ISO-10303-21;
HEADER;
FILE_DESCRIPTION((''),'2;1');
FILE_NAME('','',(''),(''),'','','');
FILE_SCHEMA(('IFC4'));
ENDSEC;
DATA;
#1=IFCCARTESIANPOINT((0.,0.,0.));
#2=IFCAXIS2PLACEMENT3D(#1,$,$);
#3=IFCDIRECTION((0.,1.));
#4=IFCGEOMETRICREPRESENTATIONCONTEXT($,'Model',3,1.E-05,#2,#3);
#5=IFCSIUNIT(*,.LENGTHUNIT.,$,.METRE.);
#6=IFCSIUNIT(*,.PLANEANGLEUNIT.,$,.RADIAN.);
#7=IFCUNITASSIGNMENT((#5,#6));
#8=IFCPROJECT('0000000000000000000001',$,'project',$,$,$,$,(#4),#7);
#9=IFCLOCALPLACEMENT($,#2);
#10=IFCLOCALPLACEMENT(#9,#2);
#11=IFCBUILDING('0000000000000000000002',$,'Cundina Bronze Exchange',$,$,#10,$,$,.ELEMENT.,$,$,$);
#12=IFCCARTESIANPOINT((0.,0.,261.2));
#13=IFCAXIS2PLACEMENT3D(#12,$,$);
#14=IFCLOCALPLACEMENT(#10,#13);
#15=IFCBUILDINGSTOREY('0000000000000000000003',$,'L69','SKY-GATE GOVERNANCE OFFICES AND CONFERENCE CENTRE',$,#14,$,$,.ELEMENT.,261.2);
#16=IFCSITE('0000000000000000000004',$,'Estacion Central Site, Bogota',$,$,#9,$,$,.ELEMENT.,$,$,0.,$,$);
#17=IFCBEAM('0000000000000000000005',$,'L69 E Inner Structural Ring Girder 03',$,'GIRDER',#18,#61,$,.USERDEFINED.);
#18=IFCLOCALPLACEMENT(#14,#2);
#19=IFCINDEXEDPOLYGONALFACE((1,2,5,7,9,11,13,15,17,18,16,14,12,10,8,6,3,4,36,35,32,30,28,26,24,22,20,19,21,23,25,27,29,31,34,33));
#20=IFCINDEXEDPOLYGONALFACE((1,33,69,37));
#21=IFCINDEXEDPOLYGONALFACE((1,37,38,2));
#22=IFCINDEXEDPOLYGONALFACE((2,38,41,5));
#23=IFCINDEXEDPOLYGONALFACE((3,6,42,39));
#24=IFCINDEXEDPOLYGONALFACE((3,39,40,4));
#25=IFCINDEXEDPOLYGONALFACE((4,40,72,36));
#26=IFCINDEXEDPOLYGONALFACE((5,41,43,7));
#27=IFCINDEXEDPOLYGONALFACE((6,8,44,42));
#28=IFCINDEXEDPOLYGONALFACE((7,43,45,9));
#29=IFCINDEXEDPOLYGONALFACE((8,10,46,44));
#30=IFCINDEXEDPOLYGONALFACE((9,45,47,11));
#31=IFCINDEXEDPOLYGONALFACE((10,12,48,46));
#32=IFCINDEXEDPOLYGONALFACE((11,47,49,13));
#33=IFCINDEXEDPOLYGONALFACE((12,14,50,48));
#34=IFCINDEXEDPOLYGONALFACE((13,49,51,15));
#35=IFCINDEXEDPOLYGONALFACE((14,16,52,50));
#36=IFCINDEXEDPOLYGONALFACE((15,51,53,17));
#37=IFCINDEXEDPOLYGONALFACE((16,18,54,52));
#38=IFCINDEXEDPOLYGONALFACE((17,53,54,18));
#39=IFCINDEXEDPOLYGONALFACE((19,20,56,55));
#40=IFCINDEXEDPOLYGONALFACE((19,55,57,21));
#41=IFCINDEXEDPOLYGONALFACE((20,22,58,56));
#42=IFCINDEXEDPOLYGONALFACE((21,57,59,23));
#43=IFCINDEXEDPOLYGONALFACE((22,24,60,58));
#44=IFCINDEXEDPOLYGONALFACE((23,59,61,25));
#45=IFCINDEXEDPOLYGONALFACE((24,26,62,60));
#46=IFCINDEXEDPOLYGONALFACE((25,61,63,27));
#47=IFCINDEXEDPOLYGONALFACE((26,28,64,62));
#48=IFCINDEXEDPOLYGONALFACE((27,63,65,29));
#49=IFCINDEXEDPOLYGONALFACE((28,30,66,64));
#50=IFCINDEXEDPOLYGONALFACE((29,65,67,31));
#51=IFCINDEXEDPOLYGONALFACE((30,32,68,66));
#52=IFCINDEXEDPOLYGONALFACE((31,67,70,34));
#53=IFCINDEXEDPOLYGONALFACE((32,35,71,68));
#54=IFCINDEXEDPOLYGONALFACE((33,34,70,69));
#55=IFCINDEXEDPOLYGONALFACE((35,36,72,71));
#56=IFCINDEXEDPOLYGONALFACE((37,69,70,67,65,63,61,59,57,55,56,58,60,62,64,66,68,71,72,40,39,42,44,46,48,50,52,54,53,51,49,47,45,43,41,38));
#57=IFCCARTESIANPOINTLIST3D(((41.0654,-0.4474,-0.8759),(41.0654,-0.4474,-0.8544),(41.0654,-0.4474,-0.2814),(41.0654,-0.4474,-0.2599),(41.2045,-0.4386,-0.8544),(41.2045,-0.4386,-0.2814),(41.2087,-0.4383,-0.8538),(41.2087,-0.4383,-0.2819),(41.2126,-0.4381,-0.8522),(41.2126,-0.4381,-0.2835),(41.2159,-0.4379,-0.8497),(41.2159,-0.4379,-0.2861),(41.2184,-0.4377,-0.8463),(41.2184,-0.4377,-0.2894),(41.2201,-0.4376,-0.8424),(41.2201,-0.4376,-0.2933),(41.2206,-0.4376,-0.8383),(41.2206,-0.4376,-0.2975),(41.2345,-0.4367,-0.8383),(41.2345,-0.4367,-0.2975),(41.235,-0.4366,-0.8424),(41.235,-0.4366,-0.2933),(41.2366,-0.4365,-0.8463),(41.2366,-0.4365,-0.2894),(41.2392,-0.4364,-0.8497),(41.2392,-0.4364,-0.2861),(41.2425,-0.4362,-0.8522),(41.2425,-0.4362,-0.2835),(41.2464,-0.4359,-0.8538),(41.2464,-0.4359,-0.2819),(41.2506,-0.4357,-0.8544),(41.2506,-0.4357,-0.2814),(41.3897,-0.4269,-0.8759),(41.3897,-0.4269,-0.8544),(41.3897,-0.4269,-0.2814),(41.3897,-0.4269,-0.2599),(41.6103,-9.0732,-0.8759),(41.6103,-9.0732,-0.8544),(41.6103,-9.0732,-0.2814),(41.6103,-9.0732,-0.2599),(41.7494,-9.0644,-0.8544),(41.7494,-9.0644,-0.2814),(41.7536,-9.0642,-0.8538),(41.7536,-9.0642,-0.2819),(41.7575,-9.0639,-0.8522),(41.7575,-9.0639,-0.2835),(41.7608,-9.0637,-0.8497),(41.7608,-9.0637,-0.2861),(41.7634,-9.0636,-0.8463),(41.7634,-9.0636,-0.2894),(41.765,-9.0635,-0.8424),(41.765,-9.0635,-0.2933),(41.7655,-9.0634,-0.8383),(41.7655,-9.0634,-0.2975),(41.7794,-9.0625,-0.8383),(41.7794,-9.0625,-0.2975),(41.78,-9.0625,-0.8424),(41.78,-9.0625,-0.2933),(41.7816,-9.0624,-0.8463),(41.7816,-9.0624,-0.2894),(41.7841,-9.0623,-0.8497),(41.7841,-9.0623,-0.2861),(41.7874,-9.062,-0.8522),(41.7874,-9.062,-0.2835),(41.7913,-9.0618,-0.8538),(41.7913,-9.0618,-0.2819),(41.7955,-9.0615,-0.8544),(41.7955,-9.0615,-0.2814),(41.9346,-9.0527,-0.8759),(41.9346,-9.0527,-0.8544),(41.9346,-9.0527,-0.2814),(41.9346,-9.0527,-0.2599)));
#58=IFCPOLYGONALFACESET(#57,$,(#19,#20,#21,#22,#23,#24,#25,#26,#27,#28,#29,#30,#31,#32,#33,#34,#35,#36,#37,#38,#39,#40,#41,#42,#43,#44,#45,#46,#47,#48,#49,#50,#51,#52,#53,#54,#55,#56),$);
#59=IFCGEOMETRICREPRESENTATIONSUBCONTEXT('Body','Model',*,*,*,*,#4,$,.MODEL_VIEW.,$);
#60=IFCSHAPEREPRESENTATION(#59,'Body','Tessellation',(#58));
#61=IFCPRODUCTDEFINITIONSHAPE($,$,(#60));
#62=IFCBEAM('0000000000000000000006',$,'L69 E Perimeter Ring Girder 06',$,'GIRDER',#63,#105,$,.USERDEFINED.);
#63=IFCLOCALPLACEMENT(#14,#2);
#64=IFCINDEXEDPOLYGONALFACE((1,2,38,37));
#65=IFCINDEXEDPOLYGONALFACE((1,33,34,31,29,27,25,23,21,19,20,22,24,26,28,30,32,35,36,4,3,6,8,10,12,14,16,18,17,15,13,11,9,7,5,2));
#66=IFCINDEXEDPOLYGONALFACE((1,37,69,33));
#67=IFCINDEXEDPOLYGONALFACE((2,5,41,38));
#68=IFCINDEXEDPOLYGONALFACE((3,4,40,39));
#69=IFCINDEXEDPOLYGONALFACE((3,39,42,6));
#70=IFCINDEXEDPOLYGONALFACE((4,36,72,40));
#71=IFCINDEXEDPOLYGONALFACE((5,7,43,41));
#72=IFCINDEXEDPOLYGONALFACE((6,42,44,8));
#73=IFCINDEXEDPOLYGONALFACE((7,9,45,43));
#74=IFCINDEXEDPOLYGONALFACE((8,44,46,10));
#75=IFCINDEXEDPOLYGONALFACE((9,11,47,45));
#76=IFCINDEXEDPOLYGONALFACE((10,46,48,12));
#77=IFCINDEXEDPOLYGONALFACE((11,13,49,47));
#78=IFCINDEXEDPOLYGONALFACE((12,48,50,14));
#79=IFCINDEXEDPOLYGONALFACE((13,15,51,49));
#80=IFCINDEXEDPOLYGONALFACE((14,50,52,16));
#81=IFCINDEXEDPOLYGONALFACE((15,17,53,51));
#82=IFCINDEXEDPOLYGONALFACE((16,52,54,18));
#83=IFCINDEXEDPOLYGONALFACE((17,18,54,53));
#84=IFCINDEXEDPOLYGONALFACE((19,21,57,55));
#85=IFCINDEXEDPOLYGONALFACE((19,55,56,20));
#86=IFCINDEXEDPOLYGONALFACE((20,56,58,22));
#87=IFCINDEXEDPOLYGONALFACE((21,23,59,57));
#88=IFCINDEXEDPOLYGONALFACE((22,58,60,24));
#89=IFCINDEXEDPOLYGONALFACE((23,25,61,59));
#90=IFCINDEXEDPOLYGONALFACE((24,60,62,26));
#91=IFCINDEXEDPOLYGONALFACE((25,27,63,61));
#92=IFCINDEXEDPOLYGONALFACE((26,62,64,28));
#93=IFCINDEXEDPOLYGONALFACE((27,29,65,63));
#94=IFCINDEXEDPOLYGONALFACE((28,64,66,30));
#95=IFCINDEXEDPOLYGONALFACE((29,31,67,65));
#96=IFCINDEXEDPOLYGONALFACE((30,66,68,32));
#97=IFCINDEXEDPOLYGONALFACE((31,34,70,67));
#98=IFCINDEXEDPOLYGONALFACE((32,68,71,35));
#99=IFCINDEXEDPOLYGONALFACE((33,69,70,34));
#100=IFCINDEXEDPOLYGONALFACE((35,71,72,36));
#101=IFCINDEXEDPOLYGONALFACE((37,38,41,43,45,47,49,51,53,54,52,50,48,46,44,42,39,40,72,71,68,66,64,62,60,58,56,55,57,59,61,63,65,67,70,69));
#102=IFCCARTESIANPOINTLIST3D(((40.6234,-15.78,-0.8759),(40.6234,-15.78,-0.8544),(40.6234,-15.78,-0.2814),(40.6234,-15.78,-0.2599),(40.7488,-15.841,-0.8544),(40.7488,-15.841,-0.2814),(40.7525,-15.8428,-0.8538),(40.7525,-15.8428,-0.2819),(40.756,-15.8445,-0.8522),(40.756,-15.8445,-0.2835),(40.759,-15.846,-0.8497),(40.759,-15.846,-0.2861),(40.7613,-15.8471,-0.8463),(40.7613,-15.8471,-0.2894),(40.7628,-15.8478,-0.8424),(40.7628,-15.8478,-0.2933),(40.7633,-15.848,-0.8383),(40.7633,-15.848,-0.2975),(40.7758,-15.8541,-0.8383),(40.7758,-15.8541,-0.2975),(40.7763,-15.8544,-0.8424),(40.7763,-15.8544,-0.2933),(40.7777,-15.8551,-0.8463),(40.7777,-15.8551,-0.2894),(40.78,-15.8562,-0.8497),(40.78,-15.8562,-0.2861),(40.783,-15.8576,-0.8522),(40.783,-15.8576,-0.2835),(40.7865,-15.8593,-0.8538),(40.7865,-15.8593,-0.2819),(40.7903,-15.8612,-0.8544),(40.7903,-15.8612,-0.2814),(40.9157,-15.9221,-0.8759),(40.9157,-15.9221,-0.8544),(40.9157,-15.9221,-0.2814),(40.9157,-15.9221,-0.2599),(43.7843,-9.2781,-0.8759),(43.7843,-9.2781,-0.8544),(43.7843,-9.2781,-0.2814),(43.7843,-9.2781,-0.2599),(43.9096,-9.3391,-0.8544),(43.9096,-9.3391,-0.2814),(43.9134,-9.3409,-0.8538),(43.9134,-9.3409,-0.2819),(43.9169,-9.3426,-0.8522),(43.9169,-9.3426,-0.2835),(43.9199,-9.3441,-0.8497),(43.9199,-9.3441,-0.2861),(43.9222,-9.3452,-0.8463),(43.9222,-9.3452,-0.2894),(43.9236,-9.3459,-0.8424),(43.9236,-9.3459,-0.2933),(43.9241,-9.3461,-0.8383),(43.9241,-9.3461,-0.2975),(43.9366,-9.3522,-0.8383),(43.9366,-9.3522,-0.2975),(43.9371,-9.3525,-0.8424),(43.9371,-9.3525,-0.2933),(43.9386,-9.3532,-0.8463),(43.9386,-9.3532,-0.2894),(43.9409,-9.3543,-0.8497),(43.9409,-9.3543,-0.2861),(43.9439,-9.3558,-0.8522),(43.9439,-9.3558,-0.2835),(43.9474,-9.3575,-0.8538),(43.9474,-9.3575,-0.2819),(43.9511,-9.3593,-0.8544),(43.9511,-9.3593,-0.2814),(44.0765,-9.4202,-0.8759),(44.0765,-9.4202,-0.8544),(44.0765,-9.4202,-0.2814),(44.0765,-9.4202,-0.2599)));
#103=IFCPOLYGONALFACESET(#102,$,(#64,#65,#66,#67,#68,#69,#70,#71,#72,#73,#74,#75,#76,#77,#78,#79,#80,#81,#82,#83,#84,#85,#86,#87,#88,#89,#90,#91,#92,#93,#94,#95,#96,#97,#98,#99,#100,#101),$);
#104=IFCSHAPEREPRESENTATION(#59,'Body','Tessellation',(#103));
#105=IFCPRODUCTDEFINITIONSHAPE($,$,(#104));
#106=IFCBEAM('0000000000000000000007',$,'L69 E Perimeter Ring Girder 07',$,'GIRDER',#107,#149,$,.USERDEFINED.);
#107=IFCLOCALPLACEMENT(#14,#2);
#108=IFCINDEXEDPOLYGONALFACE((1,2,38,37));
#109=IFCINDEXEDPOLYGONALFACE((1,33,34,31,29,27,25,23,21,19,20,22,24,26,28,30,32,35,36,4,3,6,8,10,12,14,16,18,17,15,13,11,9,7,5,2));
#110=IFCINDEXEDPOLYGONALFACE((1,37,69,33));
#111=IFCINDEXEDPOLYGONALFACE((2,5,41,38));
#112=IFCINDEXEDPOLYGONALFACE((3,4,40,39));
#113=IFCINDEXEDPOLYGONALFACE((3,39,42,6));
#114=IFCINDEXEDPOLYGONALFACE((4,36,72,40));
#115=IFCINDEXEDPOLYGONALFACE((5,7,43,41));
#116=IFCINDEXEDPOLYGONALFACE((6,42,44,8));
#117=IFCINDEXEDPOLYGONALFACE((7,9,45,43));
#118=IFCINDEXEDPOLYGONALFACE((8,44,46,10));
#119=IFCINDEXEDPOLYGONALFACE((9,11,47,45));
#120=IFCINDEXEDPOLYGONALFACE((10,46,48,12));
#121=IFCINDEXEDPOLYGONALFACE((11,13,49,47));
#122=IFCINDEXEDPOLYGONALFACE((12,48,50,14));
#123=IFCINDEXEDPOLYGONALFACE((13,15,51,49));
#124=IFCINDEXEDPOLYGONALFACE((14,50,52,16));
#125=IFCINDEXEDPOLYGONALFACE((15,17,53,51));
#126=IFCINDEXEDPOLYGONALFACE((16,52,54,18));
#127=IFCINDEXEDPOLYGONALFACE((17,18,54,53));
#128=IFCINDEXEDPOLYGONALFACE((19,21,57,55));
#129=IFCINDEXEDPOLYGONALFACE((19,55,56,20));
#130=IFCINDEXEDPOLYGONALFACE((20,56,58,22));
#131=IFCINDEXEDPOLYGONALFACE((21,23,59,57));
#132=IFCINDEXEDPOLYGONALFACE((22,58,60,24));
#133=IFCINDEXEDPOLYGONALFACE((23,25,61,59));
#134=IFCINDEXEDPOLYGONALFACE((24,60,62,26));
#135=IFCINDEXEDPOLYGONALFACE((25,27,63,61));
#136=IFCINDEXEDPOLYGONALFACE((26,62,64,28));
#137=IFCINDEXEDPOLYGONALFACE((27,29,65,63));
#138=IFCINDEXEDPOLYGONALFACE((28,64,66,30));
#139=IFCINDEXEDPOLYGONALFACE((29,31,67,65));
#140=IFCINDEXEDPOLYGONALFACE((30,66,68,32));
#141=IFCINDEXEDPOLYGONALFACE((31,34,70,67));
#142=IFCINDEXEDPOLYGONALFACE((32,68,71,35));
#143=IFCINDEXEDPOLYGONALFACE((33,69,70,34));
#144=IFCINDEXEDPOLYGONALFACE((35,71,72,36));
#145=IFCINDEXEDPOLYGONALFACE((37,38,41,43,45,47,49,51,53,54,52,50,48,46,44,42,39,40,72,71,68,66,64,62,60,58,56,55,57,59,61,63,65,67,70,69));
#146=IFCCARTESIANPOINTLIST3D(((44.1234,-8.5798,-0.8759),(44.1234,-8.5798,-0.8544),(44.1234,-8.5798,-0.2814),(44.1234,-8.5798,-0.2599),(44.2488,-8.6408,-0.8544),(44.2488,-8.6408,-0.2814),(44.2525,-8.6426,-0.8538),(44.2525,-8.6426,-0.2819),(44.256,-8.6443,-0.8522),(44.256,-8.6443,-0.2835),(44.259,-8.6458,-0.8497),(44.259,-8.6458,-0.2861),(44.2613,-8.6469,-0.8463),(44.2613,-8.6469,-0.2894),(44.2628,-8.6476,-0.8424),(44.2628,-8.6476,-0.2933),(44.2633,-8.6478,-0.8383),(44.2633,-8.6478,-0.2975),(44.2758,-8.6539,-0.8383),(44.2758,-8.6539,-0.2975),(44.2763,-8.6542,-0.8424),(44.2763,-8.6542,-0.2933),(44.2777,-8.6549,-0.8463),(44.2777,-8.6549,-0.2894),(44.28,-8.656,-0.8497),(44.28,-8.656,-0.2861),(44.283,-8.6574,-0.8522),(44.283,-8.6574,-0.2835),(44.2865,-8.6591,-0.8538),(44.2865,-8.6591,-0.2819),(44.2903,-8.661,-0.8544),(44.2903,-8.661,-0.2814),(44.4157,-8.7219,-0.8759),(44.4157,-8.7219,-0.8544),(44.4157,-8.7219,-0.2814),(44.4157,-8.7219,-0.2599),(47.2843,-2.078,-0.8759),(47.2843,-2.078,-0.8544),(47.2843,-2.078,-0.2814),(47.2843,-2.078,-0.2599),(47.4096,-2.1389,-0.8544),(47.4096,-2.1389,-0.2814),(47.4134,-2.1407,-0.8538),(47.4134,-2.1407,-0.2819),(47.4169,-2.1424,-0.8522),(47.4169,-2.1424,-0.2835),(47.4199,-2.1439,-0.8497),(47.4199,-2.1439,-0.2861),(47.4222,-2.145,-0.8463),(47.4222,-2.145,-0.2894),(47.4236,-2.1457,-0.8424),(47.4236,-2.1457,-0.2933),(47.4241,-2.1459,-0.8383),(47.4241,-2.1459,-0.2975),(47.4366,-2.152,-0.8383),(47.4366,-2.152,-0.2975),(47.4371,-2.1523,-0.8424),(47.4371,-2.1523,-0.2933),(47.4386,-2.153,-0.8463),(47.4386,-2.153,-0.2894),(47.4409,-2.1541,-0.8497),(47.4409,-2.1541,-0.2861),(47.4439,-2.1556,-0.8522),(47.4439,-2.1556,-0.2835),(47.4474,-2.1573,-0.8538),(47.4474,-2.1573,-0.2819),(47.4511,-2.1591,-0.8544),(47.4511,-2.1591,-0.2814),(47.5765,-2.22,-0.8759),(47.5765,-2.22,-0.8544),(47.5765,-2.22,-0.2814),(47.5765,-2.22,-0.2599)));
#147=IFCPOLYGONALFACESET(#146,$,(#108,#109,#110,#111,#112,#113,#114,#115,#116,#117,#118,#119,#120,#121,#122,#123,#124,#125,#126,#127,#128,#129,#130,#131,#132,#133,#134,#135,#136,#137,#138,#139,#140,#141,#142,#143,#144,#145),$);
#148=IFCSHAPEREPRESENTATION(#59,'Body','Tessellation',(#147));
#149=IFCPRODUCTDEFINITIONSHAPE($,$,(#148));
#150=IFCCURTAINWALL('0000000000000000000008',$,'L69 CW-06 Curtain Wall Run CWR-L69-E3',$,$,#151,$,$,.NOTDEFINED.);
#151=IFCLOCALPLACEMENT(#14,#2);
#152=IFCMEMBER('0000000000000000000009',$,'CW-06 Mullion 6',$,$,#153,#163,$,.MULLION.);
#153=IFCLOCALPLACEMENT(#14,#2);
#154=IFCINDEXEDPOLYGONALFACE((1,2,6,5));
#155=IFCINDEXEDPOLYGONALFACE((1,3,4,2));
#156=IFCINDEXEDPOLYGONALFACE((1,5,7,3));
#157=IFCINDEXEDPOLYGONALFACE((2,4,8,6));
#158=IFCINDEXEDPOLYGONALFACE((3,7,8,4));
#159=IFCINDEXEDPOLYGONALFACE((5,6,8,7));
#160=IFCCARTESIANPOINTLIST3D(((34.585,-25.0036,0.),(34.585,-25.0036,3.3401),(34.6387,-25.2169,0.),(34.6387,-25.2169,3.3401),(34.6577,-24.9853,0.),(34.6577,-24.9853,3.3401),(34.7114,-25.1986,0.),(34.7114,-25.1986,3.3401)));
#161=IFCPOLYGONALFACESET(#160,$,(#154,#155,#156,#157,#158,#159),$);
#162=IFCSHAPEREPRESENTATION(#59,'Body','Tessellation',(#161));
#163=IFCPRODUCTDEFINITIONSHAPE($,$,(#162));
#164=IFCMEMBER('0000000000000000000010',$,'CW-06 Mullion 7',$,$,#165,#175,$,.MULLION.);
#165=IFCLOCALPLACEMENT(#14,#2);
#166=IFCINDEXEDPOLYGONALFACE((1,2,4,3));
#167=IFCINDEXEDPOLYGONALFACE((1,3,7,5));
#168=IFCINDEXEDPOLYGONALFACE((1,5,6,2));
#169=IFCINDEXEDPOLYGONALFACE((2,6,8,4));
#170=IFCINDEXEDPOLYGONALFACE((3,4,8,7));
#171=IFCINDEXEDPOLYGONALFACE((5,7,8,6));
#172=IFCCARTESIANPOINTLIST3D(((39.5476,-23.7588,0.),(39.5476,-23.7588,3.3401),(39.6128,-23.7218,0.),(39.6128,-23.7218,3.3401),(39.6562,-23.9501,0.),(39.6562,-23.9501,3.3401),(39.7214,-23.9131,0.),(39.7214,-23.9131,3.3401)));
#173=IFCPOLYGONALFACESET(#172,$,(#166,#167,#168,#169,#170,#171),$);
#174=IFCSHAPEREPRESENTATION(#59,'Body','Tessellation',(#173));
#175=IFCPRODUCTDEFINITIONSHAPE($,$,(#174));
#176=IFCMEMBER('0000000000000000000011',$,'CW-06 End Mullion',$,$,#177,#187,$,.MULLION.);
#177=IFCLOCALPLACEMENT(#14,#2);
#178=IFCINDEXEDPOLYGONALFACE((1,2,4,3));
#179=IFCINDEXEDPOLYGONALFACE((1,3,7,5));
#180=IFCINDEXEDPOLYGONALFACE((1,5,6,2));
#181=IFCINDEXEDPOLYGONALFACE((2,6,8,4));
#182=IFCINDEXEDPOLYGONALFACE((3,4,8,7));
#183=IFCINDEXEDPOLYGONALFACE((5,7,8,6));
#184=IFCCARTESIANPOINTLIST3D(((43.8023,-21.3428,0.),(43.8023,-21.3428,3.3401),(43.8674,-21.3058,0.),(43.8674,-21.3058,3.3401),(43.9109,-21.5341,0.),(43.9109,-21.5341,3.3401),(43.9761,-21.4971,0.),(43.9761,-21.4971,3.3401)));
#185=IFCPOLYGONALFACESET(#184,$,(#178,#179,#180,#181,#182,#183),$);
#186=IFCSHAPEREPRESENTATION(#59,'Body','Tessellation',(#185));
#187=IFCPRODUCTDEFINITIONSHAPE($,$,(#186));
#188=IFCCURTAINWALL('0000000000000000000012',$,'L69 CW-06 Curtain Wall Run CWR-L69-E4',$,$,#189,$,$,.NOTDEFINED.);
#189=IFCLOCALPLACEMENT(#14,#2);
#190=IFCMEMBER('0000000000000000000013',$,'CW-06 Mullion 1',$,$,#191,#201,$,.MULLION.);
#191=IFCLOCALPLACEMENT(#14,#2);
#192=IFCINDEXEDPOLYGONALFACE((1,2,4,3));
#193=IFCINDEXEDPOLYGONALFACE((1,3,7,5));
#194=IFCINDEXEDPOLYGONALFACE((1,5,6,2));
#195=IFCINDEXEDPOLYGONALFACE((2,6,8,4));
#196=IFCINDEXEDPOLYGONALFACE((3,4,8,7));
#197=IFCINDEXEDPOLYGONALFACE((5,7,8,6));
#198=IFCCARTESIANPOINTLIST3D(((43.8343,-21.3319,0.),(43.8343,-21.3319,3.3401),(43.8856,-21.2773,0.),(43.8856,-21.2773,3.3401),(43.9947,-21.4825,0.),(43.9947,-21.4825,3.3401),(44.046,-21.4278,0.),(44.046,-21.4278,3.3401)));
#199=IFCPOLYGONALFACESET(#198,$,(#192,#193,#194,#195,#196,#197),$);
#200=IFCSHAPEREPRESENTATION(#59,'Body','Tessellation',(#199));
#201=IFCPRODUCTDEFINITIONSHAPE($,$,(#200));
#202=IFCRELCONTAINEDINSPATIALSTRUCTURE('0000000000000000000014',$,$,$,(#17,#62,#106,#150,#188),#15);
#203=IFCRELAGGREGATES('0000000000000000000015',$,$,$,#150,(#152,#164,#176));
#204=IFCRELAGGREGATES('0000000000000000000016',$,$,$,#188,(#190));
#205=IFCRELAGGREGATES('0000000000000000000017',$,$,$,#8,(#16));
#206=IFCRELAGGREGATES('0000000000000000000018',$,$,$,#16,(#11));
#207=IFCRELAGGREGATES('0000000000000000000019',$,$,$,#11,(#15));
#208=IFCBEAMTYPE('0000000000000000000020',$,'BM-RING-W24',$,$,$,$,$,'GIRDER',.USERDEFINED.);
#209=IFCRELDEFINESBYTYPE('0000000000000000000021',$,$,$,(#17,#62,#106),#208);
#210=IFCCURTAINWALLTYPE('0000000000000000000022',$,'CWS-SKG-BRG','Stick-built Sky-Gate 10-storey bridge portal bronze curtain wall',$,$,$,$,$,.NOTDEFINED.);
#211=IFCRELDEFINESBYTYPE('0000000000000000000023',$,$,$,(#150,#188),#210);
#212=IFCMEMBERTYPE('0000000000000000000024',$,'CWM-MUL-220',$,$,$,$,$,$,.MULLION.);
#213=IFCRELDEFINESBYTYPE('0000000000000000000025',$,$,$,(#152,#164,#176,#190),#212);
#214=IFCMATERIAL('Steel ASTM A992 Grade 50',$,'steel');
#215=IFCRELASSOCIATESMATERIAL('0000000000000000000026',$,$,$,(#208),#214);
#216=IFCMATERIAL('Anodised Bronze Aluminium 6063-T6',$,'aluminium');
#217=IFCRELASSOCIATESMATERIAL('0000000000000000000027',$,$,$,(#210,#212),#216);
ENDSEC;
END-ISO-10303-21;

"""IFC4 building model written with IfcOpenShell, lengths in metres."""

from ifc_helpers import new_model, si_unit, direction, frame, origin, origin_2d, place, context, subcontext, project, spatial, rectangle, i_section, extrude, material, material_profile, profile_set, type_object, element, aggregate, save


model = new_model("IFC4")

# Units and contexts
model_context = context("Model", 3, precision=1e-05, world=origin(), true_north=direction((0.0, 1.0)))
body_context = subcontext(model_context, "Body", "Model", "MODEL_VIEW")
ifc_project = project(units=[si_unit("LENGTHUNIT", "METRE"), si_unit("PLANEANGLEUNIT", "RADIAN")], contexts=[model_context])

# Site, building, storey
site_placement = place(None, origin())
site = spatial("IfcSite", under=ifc_project, at=site_placement, Name="Estacion Central Site, Bogota", CompositionType="ELEMENT", RefElevation=0.0)
building_placement = place(site_placement, origin())
building = spatial("IfcBuilding", under=site, at=building_placement, Name="Cundina Bronze Exchange", CompositionType="ELEMENT")
storey_placement = place(building_placement, frame((0.0, 0.0, 261.2)))
storey = spatial("IfcBuildingStorey", under=building, at=storey_placement, Name="L69", Description="SKY-GATE GOVERNANCE OFFICES AND CONFERENCE CENTRE", CompositionType="ELEMENT", Elevation=261.2)

# Beams
ifc_material_1 = material(Name="Steel ASTM A992 Grade 50", Category="steel")
ifc_material_profile_1 = material_profile(ifc_material_1, i_section(OverallWidth=0.325, OverallDepth=0.616, WebThickness=0.0139, FlangeThickness=0.0215, FilletRadius=0.0161, at=origin_2d()), Name="W24X117", Category="steel")
ifc_profile_set_1 = profile_set([ifc_material_profile_1], Name="Steel ASTM A992 Grade 50")
beam_type_1 = type_object("IfcBeamType", Name="BM-RING-W24", ElementType="GIRDER", PredefinedType="USERDEFINED", material=ifc_profile_set_1)
beam_1_placement = place(storey_placement, frame((41.7725, -9.063, -0.5679), z_axis=(-0.063047, 0.998011, 0.0), x_axis=(-0.998011, -0.063047, 0.0)))
element("IfcBeam", 1, at=beam_1_placement, inside=storey, type_object=beam_type_1, Name="L69 E Inner Structural Ring Girder 03", ObjectType="GIRDER", PredefinedType="USERDEFINED", context=body_context, shape_type="SweptSolid", body=[
    extrude(i_section(OverallWidth=0.325, OverallDepth=0.616, WebThickness=0.0139, FlangeThickness=0.0215, FilletRadius=0.0161, at=origin_2d()), origin(), (0.0, 0.0, 1.0), 8.6431),
])
for number, where, z_axis, x_axis, name in (
    (2, (40.7695, -15.8511, -0.5679), (0.437217, 0.899356, 0.0), (-0.899356, 0.437217, 0.0), "L69 E Perimeter Ring Girder 06"),
    (3, (44.2695, -8.6509, -0.5679), (0.437217, 0.899356, 0.0), (-0.899356, 0.437217, 0.0), "L69 E Perimeter Ring Girder 07"),
):
    element("IfcBeam", number, at=place(storey_placement, frame(where, z_axis=z_axis, x_axis=x_axis)), inside=storey, type_object=beam_type_1, Name=name, ObjectType="GIRDER", PredefinedType="USERDEFINED", context=body_context, shape_type="SweptSolid", body=[
        extrude(i_section(OverallWidth=0.325, OverallDepth=0.616, WebThickness=0.0139, FlangeThickness=0.0215, FilletRadius=0.0161, at=origin_2d()), origin(), (0.0, 0.0, 1.0), 7.2295),
    ])

# Curtain walls, members
ifc_material_2 = material(Name="Anodised Bronze Aluminium 6063-T6", Category="aluminium")
curtain_wall_type = type_object("IfcCurtainWallType", Name="CWS-SKG-BRG", Description="Stick-built Sky-Gate 10-storey bridge portal bronze curtain wall", PredefinedType="NOTDEFINED", material=ifc_material_2)
curtain_wall_1_placement = place(storey_placement, origin())
curtain_wall_1 = element("IfcCurtainWall", 4, at=curtain_wall_1_placement, inside=storey, type_object=curtain_wall_type, Name="L69 CW-06 Curtain Wall Run CWR-L69-E3", PredefinedType="NOTDEFINED")
ifc_material_profile_2 = material_profile(ifc_material_2, rectangle(XDim=0.075, YDim=0.22, at=origin_2d()), Name="AL75X220", Category="aluminium")
ifc_profile_set_2 = profile_set([ifc_material_profile_2], Name="Anodised Bronze Aluminium 6063-T6")
member_type_1 = type_object("IfcMemberType", Name="CWM-MUL-220", PredefinedType="MULLION", material=ifc_profile_set_2)
member_1_placement = place(storey_placement, frame((34.6482, -25.1011, 0.0), z_axis=(0.0, 0.0, 1.0), x_axis=(0.969744, 0.244123, 0.0)))
member_1 = element("IfcMember", 5, at=member_1_placement, type_object=member_type_1, Name="CW-06 Mullion 6", PredefinedType="MULLION", context=body_context, shape_type="SweptSolid", body=[
    extrude(rectangle(XDim=0.075, YDim=0.22, at=origin_2d()), origin(), (0.0, 0.0, 1.0), 3.3401),
])
member_2_placement = place(storey_placement, frame((39.6345, -23.8359, 0.0), z_axis=(0.0, 0.0, 1.0), x_axis=(0.869581, 0.49379, 0.0)))
member_2 = element("IfcMember", 6, at=member_2_placement, type_object=member_type_1, Name="CW-06 Mullion 7", PredefinedType="MULLION", context=body_context, shape_type="SweptSolid", body=[
    extrude(rectangle(XDim=0.075, YDim=0.22, at=origin_2d()), origin(), (0.0, 0.0, 1.0), 3.3401),
])
member_3_placement = place(storey_placement, frame((43.8892, -21.4199, 0.0), z_axis=(0.0, 0.0, 1.0), x_axis=(0.869581, 0.49379, 0.0)))
member_3 = element("IfcMember", 7, at=member_3_placement, type_object=member_type_1, Name="CW-06 End Mullion", PredefinedType="MULLION", context=body_context, shape_type="SweptSolid", body=[
    extrude(rectangle(XDim=0.075, YDim=0.22, at=origin_2d()), origin(), (0.0, 0.0, 1.0), 3.3401),
])
curtain_wall_2_placement = place(storey_placement, origin())
curtain_wall_2 = element("IfcCurtainWall", 8, at=curtain_wall_2_placement, inside=storey, type_object=curtain_wall_type, Name="L69 CW-06 Curtain Wall Run CWR-L69-E4", PredefinedType="NOTDEFINED")
member_4_placement = place(storey_placement, frame((43.9402, -21.3799, 0.0), z_axis=(0.0, 0.0, 1.0), x_axis=(0.684293, 0.729208, 0.0)))
member_4 = element("IfcMember", 9, at=member_4_placement, type_object=member_type_1, Name="CW-06 Mullion 1", PredefinedType="MULLION", context=body_context, shape_type="SweptSolid", body=[
    extrude(rectangle(XDim=0.075, YDim=0.22, at=origin_2d()), origin(), (0.0, 0.0, 1.0), 3.3401),
])

aggregate(curtain_wall_1, [member_1, member_2, member_3])
aggregate(curtain_wall_2, [member_4])

save(model, "model.ifc")
